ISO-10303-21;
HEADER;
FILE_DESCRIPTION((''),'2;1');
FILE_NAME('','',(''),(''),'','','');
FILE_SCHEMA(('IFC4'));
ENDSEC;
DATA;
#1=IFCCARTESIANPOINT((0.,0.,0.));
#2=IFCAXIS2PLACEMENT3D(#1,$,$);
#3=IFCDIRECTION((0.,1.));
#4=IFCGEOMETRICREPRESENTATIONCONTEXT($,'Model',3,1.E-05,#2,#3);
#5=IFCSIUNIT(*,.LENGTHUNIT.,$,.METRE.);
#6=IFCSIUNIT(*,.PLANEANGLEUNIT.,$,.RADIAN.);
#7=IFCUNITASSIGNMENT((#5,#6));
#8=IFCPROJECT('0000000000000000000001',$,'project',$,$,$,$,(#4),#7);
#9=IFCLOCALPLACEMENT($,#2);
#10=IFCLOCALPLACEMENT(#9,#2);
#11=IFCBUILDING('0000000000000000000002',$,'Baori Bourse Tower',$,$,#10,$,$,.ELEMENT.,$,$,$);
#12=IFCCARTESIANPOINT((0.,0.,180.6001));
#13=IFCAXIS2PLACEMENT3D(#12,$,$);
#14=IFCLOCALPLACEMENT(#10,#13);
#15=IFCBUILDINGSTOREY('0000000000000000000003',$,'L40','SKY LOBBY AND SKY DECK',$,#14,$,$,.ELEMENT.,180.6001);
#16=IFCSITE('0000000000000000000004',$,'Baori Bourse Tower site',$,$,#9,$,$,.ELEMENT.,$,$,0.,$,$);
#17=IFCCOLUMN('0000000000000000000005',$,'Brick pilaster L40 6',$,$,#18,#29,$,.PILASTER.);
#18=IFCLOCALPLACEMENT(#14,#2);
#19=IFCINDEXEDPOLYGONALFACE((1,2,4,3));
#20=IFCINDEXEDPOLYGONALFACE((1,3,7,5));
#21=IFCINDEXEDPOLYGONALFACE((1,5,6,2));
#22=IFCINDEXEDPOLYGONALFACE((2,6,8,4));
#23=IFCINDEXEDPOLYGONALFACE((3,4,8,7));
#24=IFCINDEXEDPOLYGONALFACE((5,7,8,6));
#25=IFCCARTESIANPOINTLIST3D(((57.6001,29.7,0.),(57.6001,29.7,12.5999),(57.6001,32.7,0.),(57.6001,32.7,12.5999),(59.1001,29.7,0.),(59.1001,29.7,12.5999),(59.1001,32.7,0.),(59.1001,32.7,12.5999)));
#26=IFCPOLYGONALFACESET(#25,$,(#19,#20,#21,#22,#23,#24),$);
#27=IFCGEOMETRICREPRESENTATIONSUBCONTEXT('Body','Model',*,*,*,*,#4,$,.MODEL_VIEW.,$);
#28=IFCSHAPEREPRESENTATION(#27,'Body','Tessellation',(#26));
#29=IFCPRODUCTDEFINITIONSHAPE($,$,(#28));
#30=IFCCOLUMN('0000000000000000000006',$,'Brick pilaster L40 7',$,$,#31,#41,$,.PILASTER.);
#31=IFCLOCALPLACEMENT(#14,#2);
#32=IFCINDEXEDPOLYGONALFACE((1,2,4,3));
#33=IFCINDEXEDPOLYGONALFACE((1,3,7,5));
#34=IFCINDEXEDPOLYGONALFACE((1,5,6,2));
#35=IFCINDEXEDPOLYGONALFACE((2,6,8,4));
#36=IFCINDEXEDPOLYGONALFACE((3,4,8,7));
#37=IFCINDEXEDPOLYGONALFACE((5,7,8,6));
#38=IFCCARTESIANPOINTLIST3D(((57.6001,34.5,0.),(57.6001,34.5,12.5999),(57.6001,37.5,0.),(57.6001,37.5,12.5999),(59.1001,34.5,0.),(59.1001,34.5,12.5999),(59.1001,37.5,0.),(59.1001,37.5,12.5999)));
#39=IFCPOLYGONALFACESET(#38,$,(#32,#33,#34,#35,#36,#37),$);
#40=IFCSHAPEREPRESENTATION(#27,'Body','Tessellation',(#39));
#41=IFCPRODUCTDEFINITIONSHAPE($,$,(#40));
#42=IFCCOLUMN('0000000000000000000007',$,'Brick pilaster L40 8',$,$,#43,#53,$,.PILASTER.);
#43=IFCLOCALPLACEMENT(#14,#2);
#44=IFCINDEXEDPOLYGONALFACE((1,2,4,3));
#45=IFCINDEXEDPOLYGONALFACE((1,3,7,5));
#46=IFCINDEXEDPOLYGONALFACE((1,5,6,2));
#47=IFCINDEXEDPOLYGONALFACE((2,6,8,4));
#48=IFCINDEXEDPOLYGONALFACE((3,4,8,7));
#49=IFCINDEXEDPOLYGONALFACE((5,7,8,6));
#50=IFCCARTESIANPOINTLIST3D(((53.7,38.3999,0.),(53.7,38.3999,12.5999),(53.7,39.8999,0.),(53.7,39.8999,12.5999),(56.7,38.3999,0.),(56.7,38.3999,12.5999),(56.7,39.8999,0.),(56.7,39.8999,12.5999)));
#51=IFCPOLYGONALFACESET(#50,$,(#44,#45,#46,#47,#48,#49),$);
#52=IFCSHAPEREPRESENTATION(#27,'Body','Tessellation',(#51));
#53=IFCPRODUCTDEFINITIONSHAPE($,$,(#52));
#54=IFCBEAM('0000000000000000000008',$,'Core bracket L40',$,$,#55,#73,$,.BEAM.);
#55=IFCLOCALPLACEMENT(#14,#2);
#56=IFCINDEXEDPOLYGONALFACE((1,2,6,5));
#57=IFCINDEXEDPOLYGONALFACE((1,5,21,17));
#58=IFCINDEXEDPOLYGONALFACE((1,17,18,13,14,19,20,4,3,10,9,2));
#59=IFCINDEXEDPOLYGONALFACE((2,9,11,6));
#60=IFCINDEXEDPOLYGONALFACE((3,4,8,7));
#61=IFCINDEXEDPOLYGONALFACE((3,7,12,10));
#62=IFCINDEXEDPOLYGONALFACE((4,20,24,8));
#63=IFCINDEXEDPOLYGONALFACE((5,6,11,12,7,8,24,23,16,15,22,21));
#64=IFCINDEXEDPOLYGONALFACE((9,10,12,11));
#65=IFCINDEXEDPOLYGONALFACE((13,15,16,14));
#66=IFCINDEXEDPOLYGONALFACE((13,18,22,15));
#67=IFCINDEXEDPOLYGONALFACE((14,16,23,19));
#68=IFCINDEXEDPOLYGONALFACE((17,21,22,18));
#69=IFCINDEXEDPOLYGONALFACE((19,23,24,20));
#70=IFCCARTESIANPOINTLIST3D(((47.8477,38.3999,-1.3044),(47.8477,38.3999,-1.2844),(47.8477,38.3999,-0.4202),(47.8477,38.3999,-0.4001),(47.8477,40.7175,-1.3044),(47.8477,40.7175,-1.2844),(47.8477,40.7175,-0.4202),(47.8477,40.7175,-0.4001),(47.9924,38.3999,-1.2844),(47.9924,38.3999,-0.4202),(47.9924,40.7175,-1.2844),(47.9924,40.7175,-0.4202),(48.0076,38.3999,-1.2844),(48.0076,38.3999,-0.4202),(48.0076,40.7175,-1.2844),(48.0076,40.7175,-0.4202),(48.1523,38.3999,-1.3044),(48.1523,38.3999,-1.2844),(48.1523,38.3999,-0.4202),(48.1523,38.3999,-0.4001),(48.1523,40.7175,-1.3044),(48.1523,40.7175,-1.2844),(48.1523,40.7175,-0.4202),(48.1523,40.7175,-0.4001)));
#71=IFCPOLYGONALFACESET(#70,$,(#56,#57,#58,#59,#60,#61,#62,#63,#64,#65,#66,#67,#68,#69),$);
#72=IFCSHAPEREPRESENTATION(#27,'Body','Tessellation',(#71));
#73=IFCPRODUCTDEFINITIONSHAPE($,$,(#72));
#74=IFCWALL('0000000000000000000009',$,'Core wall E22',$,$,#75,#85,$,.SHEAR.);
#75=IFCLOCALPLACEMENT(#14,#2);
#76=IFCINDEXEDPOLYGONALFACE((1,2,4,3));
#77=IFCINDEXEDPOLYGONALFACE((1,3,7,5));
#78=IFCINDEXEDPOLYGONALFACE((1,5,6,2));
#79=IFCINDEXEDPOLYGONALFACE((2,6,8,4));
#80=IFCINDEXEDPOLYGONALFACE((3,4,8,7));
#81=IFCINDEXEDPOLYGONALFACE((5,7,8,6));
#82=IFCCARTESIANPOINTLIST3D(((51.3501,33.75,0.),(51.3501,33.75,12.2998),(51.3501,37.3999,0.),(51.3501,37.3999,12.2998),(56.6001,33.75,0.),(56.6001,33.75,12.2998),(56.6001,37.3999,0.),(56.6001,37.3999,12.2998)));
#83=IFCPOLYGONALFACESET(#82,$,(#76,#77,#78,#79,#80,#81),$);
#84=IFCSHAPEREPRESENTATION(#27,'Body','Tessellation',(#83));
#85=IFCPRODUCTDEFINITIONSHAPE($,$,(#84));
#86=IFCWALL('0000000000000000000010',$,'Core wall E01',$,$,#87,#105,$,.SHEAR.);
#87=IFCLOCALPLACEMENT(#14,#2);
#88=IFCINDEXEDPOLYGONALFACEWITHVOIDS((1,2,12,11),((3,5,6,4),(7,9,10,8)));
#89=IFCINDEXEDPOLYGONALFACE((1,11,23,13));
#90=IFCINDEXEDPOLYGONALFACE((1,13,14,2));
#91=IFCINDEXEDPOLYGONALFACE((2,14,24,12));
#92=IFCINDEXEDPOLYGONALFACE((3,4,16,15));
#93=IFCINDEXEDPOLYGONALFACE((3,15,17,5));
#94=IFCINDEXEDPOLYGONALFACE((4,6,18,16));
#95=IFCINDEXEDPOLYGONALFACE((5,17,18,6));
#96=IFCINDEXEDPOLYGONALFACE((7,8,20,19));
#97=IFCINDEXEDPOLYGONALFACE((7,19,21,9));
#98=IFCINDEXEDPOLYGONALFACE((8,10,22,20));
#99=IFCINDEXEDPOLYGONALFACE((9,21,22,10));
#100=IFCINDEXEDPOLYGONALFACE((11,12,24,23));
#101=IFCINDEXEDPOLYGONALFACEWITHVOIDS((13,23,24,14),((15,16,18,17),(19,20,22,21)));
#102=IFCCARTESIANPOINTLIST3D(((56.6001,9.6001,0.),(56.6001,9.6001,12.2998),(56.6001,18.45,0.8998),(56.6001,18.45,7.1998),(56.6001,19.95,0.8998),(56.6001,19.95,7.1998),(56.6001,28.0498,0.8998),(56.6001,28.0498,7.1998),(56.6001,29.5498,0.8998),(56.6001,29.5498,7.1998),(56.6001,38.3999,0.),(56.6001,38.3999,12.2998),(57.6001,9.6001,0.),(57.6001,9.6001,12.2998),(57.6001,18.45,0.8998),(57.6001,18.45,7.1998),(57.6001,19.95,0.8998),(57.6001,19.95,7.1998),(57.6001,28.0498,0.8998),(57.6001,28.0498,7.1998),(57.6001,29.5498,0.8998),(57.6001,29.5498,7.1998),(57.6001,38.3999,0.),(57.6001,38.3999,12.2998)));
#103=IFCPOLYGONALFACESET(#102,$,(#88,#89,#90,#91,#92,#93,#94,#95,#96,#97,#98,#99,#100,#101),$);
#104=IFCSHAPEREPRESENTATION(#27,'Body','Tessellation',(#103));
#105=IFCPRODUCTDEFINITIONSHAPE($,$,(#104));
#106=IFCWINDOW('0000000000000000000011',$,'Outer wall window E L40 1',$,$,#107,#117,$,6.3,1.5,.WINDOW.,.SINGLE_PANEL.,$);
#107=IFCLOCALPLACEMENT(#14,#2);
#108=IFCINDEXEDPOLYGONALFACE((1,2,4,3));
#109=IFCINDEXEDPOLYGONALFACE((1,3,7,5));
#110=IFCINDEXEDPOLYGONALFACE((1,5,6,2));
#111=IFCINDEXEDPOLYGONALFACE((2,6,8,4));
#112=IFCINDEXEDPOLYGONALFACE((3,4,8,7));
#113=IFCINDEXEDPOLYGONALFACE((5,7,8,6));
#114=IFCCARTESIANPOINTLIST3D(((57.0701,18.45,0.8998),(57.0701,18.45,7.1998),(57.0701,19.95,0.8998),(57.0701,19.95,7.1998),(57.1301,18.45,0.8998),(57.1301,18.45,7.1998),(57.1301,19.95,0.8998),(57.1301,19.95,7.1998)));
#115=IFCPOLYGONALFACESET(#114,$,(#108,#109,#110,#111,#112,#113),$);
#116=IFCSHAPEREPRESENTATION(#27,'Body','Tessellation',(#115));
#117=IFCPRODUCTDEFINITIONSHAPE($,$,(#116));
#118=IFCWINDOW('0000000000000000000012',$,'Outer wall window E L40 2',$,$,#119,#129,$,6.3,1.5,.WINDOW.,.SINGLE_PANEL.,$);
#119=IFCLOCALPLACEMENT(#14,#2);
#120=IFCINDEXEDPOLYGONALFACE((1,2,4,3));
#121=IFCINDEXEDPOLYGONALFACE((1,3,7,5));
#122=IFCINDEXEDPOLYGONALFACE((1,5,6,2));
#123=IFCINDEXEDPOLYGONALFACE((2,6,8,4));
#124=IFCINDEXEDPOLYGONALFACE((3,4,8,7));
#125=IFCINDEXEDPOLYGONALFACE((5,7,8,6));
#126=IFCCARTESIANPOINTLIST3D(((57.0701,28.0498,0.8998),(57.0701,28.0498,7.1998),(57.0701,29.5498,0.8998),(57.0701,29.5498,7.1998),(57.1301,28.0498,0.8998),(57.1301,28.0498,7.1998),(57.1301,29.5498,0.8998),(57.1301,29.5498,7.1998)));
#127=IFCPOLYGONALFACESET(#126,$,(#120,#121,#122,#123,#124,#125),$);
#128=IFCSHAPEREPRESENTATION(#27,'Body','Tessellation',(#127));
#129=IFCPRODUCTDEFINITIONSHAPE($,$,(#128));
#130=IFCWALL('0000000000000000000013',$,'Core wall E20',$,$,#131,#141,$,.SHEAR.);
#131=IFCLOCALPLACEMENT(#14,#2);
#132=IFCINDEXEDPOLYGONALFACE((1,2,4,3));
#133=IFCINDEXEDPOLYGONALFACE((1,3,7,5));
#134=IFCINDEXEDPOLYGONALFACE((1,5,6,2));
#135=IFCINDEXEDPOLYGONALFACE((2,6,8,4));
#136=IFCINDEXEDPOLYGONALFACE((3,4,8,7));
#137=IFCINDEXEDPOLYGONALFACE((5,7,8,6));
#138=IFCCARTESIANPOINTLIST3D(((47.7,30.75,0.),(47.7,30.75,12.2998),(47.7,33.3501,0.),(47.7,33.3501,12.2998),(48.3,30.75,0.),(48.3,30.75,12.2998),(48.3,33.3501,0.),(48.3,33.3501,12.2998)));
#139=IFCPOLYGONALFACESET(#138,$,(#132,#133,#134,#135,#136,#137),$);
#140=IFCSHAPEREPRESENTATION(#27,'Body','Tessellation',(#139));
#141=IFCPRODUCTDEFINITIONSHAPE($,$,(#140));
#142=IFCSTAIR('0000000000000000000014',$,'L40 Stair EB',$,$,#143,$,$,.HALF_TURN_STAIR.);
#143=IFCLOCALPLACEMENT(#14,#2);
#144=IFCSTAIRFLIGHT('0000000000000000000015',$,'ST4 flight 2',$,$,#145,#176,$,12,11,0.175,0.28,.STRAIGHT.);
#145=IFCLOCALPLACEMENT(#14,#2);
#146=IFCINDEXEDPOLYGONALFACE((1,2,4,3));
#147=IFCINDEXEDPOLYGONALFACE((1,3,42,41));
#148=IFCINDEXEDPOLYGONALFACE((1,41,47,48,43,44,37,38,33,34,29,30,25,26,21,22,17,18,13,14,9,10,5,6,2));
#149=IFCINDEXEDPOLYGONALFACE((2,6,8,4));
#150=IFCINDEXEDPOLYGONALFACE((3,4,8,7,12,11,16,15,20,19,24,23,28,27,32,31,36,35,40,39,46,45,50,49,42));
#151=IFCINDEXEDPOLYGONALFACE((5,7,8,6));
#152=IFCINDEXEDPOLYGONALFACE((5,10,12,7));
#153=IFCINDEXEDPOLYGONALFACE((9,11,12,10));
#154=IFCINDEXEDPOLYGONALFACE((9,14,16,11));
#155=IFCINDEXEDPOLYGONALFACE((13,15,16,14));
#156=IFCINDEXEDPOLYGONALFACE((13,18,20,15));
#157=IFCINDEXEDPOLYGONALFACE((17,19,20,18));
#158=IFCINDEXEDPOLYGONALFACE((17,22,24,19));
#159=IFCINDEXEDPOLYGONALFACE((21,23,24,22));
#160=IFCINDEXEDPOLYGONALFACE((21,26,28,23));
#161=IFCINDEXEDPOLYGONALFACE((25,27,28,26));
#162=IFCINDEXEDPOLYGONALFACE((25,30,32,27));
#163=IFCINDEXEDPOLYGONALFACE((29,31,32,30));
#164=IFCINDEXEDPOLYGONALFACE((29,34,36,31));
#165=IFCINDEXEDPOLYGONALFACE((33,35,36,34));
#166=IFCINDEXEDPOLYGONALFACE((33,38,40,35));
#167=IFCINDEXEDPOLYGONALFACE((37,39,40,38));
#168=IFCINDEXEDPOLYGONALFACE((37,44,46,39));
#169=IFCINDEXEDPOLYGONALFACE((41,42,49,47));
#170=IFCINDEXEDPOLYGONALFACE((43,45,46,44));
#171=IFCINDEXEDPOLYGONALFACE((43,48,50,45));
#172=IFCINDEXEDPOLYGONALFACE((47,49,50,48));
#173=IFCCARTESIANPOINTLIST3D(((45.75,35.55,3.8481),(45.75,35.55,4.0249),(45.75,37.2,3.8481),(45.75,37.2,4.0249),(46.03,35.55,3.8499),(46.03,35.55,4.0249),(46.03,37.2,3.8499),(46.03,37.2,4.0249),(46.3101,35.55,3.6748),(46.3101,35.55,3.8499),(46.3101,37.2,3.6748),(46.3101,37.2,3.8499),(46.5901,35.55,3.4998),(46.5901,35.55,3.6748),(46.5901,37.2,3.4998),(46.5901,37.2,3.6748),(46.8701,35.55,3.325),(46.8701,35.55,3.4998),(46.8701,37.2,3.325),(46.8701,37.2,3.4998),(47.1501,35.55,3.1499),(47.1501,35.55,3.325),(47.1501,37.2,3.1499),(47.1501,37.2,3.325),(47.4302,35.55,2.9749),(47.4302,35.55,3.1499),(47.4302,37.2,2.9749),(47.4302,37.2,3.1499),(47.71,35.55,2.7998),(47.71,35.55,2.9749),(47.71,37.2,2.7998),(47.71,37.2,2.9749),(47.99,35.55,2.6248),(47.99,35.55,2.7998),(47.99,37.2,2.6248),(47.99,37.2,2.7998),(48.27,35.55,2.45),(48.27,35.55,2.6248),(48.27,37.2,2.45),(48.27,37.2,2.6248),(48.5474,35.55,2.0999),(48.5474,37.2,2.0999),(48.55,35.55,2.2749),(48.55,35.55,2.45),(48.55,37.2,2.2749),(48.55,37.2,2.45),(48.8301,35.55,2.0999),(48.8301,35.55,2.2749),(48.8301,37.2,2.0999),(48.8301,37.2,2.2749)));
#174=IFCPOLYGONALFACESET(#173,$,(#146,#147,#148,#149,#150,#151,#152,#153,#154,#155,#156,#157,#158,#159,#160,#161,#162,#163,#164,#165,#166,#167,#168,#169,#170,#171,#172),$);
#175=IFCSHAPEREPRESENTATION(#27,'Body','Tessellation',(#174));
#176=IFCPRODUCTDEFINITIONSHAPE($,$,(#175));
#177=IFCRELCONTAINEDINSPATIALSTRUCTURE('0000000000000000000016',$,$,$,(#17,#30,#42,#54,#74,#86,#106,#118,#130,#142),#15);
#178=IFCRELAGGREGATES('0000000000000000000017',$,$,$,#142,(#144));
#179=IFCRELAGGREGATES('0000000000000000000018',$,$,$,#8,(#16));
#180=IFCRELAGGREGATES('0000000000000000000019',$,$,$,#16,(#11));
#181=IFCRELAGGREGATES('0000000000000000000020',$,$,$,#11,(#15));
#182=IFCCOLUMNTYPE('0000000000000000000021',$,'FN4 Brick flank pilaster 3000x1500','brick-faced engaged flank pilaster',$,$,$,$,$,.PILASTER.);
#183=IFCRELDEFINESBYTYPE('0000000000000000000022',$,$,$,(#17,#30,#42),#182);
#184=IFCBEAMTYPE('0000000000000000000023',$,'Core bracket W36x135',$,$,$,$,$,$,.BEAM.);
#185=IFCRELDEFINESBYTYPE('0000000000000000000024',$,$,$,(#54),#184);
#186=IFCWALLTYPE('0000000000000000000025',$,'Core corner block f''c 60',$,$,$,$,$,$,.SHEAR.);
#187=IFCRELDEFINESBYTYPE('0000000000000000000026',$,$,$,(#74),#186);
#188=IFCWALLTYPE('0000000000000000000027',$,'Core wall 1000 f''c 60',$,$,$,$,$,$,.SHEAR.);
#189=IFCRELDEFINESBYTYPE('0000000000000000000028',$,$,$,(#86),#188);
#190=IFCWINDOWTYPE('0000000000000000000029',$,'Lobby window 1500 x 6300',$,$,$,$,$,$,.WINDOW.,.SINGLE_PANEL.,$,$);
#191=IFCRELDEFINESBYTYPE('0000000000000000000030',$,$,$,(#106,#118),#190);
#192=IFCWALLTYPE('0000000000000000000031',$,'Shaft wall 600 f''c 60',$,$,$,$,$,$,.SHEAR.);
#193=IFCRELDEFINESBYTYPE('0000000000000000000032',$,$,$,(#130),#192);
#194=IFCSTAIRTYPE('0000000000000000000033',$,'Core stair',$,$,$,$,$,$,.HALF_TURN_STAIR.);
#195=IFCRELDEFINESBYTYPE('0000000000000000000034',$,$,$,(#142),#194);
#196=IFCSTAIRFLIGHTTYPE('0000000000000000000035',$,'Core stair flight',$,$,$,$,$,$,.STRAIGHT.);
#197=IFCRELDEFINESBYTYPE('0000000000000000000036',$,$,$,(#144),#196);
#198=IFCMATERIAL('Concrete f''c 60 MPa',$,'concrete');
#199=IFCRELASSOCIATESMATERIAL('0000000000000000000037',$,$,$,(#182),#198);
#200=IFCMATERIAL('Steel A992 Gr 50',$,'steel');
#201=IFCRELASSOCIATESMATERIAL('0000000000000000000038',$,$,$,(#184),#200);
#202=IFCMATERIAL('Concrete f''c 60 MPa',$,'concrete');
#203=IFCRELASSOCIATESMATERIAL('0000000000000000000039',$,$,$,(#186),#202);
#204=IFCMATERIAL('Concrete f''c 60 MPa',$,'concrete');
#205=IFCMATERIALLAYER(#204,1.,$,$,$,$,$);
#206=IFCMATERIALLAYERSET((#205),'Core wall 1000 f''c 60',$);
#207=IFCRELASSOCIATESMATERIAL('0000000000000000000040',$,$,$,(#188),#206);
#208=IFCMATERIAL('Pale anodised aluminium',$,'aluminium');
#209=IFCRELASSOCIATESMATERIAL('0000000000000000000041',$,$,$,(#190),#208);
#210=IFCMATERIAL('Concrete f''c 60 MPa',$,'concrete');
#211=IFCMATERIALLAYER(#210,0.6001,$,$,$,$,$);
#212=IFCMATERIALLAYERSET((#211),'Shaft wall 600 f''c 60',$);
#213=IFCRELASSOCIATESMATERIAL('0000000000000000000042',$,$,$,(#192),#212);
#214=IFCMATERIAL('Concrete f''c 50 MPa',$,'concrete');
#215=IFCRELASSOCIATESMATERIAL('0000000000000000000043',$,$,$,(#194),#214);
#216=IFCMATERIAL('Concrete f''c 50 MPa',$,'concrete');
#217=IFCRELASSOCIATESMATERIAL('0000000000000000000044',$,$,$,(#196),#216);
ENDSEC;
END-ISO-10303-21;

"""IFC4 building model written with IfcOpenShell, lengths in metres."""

from ifc_helpers import new_model, si_unit, direction, frame, frame_2d, origin, origin_2d, place, context, subcontext, project, spatial, polyline, rectangle, i_section, outline, extrude, material, layer, layer_set, material_profile, profile_set, type_object, element, fill, aggregate, save


model = new_model("IFC4")

# Units and contexts
model_context = context("Model", 3, precision=1e-05, world=origin(), true_north=direction((0.0, 1.0)))
body_context = subcontext(model_context, "Body", "Model", "MODEL_VIEW")
ifc_project = project(units=[si_unit("LENGTHUNIT", "METRE"), si_unit("PLANEANGLEUNIT", "RADIAN")], contexts=[model_context])

# Site, building, storey
site_placement = place(None, origin())
site = spatial("IfcSite", under=ifc_project, at=site_placement, Name="Baori Bourse Tower site", CompositionType="ELEMENT", RefElevation=0.0)
building_placement = place(site_placement, origin())
building = spatial("IfcBuilding", under=site, at=building_placement, Name="Baori Bourse Tower", CompositionType="ELEMENT")
storey_placement = place(building_placement, frame((0.0, 0.0, 180.6001)))
storey = spatial("IfcBuildingStorey", under=building, at=storey_placement, Name="L40", Description="SKY LOBBY AND SKY DECK", CompositionType="ELEMENT", Elevation=180.6001)

# Columns
ifc_material_1 = material(Name="Concrete f'c 60 MPa", Category="concrete")
ifc_material_profile_1 = material_profile(ifc_material_1, rectangle(XDim=3.0, YDim=1.5, at=origin_2d()), Name="RC 3000x1500")
ifc_profile_set_1 = profile_set([ifc_material_profile_1], Name="Concrete f'c 60 MPa")
column_type = type_object("IfcColumnType", Name="FN4 Brick flank pilaster 3000x1500", Description="brick-faced engaged flank pilaster", PredefinedType="PILASTER", material=ifc_profile_set_1)
for number, where, z_axis, x_axis, name in (
    (1, (58.3501, 31.2, 0.0), (0.0, 0.0, 1.0), (0.0, 1.0, 0.0), "Brick pilaster L40 6"),
    (2, (58.3501, 36.0, 0.0), (0.0, 0.0, 1.0), (0.0, 1.0, 0.0), "Brick pilaster L40 7"),
    (3, (55.2, 39.1499, 0.0), (0.0, 0.0, 1.0), (1.0, 0.0, 0.0), "Brick pilaster L40 8"),
):
    element("IfcColumn", number, at=place(storey_placement, frame(where, z_axis=z_axis, x_axis=x_axis)), inside=storey, type_object=column_type, Name=name, PredefinedType="PILASTER", context=body_context, shape_type="SweptSolid", body=[
        extrude(rectangle(XDim=3.0, YDim=1.5, at=origin_2d()), origin(), (0.0, 0.0, 1.0), 12.5999),
    ])

# Beam
ifc_material_2 = material(Name="Steel A992 Gr 50", Category="steel")
ifc_material_profile_2 = material_profile(ifc_material_2, i_section(OverallWidth=0.3047, OverallDepth=0.9043, WebThickness=0.0151, FlangeThickness=0.02, at=origin_2d()), Name="W36x135")
ifc_profile_set_2 = profile_set([ifc_material_profile_2], Name="Steel A992 Gr 50")
beam_type = type_object("IfcBeamType", Name="Core bracket W36x135", PredefinedType="BEAM", material=ifc_profile_set_2)
beam_placement = place(storey_placement, frame((48.0, 38.3999, -0.8523), z_axis=(0.0, 1.0, 0.0), x_axis=(-1.0, 0.0, 0.0)))
element("IfcBeam", 4, at=beam_placement, inside=storey, type_object=beam_type, Name="Core bracket L40", PredefinedType="BEAM", context=body_context, shape_type="SweptSolid", body=[
    extrude(i_section(OverallWidth=0.3047, OverallDepth=0.9043, WebThickness=0.0151, FlangeThickness=0.02, at=origin_2d()), origin(), (0.0, 0.0, 1.0), 2.3176),
])

# Wall
ifc_material_3 = material(Name="Concrete f'c 60 MPa", Category="concrete")
wall_type_1 = type_object("IfcWallType", Name="Core corner block f'c 60", PredefinedType="SHEAR", material=ifc_material_3)
wall_1_placement = place(storey_placement, frame((51.3501, 35.575, 0.0), z_axis=(0.0, 0.0, 1.0), x_axis=(1.0, 0.0, 0.0)))
element("IfcWall", 5, at=wall_1_placement, inside=storey, type_object=wall_type_1, Name="Core wall E22", PredefinedType="SHEAR", context=body_context, shape_type="SweptSolid", body=[
    extrude(rectangle(XDim=5.25, YDim=3.6499, at=frame_2d((2.625, 0.0))), origin(), (0.0, 0.0, 1.0), 12.2998),
])

# Wall, openings, windows
ifc_material_4 = material(Name="Concrete f'c 60 MPa", Category="concrete")
ifc_layer_1 = layer(ifc_material_4, 1.0)
ifc_layer_set_1 = layer_set([ifc_layer_1], Name="Core wall 1000 f'c 60")
wall_type_2 = type_object("IfcWallType", Name="Core wall 1000 f'c 60", PredefinedType="SHEAR", material=ifc_layer_set_1)
wall_2_placement = place(storey_placement, frame((57.1001, 38.3999, 0.0), z_axis=(0.0, 0.0, 1.0), x_axis=(0.0, -1.0, 0.0)))
wall_2 = element("IfcWall", 6, at=wall_2_placement, inside=storey, type_object=wall_type_2, Name="Core wall E01", PredefinedType="SHEAR", context=body_context, shape_type="SweptSolid", body=[
    extrude(rectangle(XDim=28.7998, YDim=1.0, at=frame_2d((14.3999, 0.0))), origin(), (0.0, 0.0, 1.0), 12.2998),
])
opening_1_placement = place(wall_2_placement, frame((18.45, 0.0, 0.8999)))
opening_1 = element("IfcOpeningElement", 7, at=opening_1_placement, cuts=wall_2, PredefinedType="OPENING", context=body_context, shape_type="SweptSolid", body=[
    extrude(rectangle(XDim=1.5, YDim=6.3, at=frame_2d((0.75, 3.1499))), frame((0.0, 0.51, 0.0), z_axis=(0.0, -1.0, 0.0), x_axis=(1.0, 0.0, 0.0)), (0.0, 0.0, 1.0), 1.02),
])
opening_2_placement = place(wall_2_placement, frame((8.8501, 0.0, 0.8999)))
opening_2 = element("IfcOpeningElement", 8, at=opening_2_placement, cuts=wall_2, PredefinedType="OPENING", context=body_context, shape_type="SweptSolid", body=[
    extrude(rectangle(XDim=1.5, YDim=6.3, at=frame_2d((0.75, 3.1499))), frame((0.0, 0.51, 0.0), z_axis=(0.0, -1.0, 0.0), x_axis=(1.0, 0.0, 0.0)), (0.0, 0.0, 1.0), 1.02),
])
ifc_material_5 = material(Name="Pale anodised aluminium", Category="aluminium")
window_type = type_object("IfcWindowType", Name="Lobby window 1500 x 6300", PartitioningType="SINGLE_PANEL", PredefinedType="WINDOW", material=ifc_material_5)
window_1_placement = place(opening_1_placement, origin())
window_1 = element("IfcWindow", 9, at=window_1_placement, inside=storey, type_object=window_type, Name="Outer wall window E L40 1", OverallHeight=6.3, OverallWidth=1.5, PartitioningType="SINGLE_PANEL", PredefinedType="WINDOW", context=body_context, shape_type="SweptSolid", body=[
    extrude(rectangle(XDim=1.5, YDim=6.3, at=frame_2d((0.75, 3.1499))), frame((0.0, 0.03, 0.0), z_axis=(0.0, -1.0, 0.0), x_axis=(1.0, 0.0, 0.0)), (0.0, 0.0, 1.0), 0.0601),
])
fill(opening_1, window_1)
window_2_placement = place(opening_2_placement, origin())
window_2 = element("IfcWindow", 10, at=window_2_placement, inside=storey, type_object=window_type, Name="Outer wall window E L40 2", OverallHeight=6.3, OverallWidth=1.5, PartitioningType="SINGLE_PANEL", PredefinedType="WINDOW", context=body_context, shape_type="SweptSolid", body=[
    extrude(rectangle(XDim=1.5, YDim=6.3, at=frame_2d((0.75, 3.1499))), frame((0.0, 0.03, 0.0), z_axis=(0.0, -1.0, 0.0), x_axis=(1.0, 0.0, 0.0)), (0.0, 0.0, 1.0), 0.0601),
])
fill(opening_2, window_2)

# Wall
ifc_material_6 = material(Name="Concrete f'c 60 MPa", Category="concrete")
ifc_layer_2 = layer(ifc_material_6, 0.6001)
ifc_layer_set_2 = layer_set([ifc_layer_2], Name="Shaft wall 600 f'c 60")
wall_type_3 = type_object("IfcWallType", Name="Shaft wall 600 f'c 60", PredefinedType="SHEAR", material=ifc_layer_set_2)
wall_3_placement = place(storey_placement, frame((48.0, 30.75, 0.0), z_axis=(0.0, 0.0, 1.0), x_axis=(0.0, 1.0, 0.0)))
element("IfcWall", 11, at=wall_3_placement, inside=storey, type_object=wall_type_3, Name="Core wall E20", PredefinedType="SHEAR", context=body_context, shape_type="SweptSolid", body=[
    extrude(rectangle(XDim=2.6001, YDim=0.6001, at=frame_2d((1.3, 0.0))), origin(), (0.0, 0.0, 1.0), 12.2998),
])

# Stair, stair flight
ifc_material_7 = material(Name="Concrete f'c 50 MPa", Category="concrete")
stair_type = type_object("IfcStairType", Name="Core stair", PredefinedType="HALF_TURN_STAIR", material=ifc_material_7)
stair_placement = place(storey_placement, origin())
stair = element("IfcStair", 12, at=stair_placement, inside=storey, type_object=stair_type, Name="L40 Stair EB", PredefinedType="HALF_TURN_STAIR")
ifc_material_8 = material(Name="Concrete f'c 50 MPa", Category="concrete")
stair_flight_type = type_object("IfcStairFlightType", Name="Core stair flight", PredefinedType="STRAIGHT", material=ifc_material_8)
stair_flight_1_placement = place(storey_placement, frame((48.8301, 36.375, 2.0999), z_axis=(0.0, 0.0, 1.0), x_axis=(-1.0, 0.0, 0.0)))
stair_flight_1 = element("IfcStairFlight", 13, at=stair_flight_1_placement, type_object=stair_flight_type, Name="ST4 flight 2", NumberOfRisers=12, NumberOfTreads=11, PredefinedType="STRAIGHT", RiserHeight=0.175, TreadLength=0.28, context=body_context, shape_type="SweptSolid", body=[
    extrude(outline(polyline([(0.0, 0.0), (0.0, 0.175), (0.28, 0.175), (0.28, 0.3501), (0.5601, 0.3501), (0.5601, 0.5249), (0.8401, 0.5249), (0.8401, 0.7), (1.1201, 0.7), (1.1201, 0.875), (1.3999, 0.875), (1.3999, 1.05), (1.6799, 1.05), (1.6799, 1.2251), (1.96, 1.2251), (1.96, 1.3999), (2.24, 1.3999), (2.24, 1.575), (2.52, 1.575), (2.52, 1.75), (2.8, 1.75), (2.8, 1.925), (3.0801, 1.925), (3.0801, 2.1001), (3.0801, 1.7483), (0.2827, 0.0), (0.0, 0.0)])), frame((0.0, 0.825, 0.0), z_axis=(0.0, -1.0, 0.0), x_axis=(1.0, 0.0, 0.0)), (0.0, 0.0, 1.0), 1.6499),
])
aggregate(stair, [stair_flight_1])

save(model, "model.ifc")
